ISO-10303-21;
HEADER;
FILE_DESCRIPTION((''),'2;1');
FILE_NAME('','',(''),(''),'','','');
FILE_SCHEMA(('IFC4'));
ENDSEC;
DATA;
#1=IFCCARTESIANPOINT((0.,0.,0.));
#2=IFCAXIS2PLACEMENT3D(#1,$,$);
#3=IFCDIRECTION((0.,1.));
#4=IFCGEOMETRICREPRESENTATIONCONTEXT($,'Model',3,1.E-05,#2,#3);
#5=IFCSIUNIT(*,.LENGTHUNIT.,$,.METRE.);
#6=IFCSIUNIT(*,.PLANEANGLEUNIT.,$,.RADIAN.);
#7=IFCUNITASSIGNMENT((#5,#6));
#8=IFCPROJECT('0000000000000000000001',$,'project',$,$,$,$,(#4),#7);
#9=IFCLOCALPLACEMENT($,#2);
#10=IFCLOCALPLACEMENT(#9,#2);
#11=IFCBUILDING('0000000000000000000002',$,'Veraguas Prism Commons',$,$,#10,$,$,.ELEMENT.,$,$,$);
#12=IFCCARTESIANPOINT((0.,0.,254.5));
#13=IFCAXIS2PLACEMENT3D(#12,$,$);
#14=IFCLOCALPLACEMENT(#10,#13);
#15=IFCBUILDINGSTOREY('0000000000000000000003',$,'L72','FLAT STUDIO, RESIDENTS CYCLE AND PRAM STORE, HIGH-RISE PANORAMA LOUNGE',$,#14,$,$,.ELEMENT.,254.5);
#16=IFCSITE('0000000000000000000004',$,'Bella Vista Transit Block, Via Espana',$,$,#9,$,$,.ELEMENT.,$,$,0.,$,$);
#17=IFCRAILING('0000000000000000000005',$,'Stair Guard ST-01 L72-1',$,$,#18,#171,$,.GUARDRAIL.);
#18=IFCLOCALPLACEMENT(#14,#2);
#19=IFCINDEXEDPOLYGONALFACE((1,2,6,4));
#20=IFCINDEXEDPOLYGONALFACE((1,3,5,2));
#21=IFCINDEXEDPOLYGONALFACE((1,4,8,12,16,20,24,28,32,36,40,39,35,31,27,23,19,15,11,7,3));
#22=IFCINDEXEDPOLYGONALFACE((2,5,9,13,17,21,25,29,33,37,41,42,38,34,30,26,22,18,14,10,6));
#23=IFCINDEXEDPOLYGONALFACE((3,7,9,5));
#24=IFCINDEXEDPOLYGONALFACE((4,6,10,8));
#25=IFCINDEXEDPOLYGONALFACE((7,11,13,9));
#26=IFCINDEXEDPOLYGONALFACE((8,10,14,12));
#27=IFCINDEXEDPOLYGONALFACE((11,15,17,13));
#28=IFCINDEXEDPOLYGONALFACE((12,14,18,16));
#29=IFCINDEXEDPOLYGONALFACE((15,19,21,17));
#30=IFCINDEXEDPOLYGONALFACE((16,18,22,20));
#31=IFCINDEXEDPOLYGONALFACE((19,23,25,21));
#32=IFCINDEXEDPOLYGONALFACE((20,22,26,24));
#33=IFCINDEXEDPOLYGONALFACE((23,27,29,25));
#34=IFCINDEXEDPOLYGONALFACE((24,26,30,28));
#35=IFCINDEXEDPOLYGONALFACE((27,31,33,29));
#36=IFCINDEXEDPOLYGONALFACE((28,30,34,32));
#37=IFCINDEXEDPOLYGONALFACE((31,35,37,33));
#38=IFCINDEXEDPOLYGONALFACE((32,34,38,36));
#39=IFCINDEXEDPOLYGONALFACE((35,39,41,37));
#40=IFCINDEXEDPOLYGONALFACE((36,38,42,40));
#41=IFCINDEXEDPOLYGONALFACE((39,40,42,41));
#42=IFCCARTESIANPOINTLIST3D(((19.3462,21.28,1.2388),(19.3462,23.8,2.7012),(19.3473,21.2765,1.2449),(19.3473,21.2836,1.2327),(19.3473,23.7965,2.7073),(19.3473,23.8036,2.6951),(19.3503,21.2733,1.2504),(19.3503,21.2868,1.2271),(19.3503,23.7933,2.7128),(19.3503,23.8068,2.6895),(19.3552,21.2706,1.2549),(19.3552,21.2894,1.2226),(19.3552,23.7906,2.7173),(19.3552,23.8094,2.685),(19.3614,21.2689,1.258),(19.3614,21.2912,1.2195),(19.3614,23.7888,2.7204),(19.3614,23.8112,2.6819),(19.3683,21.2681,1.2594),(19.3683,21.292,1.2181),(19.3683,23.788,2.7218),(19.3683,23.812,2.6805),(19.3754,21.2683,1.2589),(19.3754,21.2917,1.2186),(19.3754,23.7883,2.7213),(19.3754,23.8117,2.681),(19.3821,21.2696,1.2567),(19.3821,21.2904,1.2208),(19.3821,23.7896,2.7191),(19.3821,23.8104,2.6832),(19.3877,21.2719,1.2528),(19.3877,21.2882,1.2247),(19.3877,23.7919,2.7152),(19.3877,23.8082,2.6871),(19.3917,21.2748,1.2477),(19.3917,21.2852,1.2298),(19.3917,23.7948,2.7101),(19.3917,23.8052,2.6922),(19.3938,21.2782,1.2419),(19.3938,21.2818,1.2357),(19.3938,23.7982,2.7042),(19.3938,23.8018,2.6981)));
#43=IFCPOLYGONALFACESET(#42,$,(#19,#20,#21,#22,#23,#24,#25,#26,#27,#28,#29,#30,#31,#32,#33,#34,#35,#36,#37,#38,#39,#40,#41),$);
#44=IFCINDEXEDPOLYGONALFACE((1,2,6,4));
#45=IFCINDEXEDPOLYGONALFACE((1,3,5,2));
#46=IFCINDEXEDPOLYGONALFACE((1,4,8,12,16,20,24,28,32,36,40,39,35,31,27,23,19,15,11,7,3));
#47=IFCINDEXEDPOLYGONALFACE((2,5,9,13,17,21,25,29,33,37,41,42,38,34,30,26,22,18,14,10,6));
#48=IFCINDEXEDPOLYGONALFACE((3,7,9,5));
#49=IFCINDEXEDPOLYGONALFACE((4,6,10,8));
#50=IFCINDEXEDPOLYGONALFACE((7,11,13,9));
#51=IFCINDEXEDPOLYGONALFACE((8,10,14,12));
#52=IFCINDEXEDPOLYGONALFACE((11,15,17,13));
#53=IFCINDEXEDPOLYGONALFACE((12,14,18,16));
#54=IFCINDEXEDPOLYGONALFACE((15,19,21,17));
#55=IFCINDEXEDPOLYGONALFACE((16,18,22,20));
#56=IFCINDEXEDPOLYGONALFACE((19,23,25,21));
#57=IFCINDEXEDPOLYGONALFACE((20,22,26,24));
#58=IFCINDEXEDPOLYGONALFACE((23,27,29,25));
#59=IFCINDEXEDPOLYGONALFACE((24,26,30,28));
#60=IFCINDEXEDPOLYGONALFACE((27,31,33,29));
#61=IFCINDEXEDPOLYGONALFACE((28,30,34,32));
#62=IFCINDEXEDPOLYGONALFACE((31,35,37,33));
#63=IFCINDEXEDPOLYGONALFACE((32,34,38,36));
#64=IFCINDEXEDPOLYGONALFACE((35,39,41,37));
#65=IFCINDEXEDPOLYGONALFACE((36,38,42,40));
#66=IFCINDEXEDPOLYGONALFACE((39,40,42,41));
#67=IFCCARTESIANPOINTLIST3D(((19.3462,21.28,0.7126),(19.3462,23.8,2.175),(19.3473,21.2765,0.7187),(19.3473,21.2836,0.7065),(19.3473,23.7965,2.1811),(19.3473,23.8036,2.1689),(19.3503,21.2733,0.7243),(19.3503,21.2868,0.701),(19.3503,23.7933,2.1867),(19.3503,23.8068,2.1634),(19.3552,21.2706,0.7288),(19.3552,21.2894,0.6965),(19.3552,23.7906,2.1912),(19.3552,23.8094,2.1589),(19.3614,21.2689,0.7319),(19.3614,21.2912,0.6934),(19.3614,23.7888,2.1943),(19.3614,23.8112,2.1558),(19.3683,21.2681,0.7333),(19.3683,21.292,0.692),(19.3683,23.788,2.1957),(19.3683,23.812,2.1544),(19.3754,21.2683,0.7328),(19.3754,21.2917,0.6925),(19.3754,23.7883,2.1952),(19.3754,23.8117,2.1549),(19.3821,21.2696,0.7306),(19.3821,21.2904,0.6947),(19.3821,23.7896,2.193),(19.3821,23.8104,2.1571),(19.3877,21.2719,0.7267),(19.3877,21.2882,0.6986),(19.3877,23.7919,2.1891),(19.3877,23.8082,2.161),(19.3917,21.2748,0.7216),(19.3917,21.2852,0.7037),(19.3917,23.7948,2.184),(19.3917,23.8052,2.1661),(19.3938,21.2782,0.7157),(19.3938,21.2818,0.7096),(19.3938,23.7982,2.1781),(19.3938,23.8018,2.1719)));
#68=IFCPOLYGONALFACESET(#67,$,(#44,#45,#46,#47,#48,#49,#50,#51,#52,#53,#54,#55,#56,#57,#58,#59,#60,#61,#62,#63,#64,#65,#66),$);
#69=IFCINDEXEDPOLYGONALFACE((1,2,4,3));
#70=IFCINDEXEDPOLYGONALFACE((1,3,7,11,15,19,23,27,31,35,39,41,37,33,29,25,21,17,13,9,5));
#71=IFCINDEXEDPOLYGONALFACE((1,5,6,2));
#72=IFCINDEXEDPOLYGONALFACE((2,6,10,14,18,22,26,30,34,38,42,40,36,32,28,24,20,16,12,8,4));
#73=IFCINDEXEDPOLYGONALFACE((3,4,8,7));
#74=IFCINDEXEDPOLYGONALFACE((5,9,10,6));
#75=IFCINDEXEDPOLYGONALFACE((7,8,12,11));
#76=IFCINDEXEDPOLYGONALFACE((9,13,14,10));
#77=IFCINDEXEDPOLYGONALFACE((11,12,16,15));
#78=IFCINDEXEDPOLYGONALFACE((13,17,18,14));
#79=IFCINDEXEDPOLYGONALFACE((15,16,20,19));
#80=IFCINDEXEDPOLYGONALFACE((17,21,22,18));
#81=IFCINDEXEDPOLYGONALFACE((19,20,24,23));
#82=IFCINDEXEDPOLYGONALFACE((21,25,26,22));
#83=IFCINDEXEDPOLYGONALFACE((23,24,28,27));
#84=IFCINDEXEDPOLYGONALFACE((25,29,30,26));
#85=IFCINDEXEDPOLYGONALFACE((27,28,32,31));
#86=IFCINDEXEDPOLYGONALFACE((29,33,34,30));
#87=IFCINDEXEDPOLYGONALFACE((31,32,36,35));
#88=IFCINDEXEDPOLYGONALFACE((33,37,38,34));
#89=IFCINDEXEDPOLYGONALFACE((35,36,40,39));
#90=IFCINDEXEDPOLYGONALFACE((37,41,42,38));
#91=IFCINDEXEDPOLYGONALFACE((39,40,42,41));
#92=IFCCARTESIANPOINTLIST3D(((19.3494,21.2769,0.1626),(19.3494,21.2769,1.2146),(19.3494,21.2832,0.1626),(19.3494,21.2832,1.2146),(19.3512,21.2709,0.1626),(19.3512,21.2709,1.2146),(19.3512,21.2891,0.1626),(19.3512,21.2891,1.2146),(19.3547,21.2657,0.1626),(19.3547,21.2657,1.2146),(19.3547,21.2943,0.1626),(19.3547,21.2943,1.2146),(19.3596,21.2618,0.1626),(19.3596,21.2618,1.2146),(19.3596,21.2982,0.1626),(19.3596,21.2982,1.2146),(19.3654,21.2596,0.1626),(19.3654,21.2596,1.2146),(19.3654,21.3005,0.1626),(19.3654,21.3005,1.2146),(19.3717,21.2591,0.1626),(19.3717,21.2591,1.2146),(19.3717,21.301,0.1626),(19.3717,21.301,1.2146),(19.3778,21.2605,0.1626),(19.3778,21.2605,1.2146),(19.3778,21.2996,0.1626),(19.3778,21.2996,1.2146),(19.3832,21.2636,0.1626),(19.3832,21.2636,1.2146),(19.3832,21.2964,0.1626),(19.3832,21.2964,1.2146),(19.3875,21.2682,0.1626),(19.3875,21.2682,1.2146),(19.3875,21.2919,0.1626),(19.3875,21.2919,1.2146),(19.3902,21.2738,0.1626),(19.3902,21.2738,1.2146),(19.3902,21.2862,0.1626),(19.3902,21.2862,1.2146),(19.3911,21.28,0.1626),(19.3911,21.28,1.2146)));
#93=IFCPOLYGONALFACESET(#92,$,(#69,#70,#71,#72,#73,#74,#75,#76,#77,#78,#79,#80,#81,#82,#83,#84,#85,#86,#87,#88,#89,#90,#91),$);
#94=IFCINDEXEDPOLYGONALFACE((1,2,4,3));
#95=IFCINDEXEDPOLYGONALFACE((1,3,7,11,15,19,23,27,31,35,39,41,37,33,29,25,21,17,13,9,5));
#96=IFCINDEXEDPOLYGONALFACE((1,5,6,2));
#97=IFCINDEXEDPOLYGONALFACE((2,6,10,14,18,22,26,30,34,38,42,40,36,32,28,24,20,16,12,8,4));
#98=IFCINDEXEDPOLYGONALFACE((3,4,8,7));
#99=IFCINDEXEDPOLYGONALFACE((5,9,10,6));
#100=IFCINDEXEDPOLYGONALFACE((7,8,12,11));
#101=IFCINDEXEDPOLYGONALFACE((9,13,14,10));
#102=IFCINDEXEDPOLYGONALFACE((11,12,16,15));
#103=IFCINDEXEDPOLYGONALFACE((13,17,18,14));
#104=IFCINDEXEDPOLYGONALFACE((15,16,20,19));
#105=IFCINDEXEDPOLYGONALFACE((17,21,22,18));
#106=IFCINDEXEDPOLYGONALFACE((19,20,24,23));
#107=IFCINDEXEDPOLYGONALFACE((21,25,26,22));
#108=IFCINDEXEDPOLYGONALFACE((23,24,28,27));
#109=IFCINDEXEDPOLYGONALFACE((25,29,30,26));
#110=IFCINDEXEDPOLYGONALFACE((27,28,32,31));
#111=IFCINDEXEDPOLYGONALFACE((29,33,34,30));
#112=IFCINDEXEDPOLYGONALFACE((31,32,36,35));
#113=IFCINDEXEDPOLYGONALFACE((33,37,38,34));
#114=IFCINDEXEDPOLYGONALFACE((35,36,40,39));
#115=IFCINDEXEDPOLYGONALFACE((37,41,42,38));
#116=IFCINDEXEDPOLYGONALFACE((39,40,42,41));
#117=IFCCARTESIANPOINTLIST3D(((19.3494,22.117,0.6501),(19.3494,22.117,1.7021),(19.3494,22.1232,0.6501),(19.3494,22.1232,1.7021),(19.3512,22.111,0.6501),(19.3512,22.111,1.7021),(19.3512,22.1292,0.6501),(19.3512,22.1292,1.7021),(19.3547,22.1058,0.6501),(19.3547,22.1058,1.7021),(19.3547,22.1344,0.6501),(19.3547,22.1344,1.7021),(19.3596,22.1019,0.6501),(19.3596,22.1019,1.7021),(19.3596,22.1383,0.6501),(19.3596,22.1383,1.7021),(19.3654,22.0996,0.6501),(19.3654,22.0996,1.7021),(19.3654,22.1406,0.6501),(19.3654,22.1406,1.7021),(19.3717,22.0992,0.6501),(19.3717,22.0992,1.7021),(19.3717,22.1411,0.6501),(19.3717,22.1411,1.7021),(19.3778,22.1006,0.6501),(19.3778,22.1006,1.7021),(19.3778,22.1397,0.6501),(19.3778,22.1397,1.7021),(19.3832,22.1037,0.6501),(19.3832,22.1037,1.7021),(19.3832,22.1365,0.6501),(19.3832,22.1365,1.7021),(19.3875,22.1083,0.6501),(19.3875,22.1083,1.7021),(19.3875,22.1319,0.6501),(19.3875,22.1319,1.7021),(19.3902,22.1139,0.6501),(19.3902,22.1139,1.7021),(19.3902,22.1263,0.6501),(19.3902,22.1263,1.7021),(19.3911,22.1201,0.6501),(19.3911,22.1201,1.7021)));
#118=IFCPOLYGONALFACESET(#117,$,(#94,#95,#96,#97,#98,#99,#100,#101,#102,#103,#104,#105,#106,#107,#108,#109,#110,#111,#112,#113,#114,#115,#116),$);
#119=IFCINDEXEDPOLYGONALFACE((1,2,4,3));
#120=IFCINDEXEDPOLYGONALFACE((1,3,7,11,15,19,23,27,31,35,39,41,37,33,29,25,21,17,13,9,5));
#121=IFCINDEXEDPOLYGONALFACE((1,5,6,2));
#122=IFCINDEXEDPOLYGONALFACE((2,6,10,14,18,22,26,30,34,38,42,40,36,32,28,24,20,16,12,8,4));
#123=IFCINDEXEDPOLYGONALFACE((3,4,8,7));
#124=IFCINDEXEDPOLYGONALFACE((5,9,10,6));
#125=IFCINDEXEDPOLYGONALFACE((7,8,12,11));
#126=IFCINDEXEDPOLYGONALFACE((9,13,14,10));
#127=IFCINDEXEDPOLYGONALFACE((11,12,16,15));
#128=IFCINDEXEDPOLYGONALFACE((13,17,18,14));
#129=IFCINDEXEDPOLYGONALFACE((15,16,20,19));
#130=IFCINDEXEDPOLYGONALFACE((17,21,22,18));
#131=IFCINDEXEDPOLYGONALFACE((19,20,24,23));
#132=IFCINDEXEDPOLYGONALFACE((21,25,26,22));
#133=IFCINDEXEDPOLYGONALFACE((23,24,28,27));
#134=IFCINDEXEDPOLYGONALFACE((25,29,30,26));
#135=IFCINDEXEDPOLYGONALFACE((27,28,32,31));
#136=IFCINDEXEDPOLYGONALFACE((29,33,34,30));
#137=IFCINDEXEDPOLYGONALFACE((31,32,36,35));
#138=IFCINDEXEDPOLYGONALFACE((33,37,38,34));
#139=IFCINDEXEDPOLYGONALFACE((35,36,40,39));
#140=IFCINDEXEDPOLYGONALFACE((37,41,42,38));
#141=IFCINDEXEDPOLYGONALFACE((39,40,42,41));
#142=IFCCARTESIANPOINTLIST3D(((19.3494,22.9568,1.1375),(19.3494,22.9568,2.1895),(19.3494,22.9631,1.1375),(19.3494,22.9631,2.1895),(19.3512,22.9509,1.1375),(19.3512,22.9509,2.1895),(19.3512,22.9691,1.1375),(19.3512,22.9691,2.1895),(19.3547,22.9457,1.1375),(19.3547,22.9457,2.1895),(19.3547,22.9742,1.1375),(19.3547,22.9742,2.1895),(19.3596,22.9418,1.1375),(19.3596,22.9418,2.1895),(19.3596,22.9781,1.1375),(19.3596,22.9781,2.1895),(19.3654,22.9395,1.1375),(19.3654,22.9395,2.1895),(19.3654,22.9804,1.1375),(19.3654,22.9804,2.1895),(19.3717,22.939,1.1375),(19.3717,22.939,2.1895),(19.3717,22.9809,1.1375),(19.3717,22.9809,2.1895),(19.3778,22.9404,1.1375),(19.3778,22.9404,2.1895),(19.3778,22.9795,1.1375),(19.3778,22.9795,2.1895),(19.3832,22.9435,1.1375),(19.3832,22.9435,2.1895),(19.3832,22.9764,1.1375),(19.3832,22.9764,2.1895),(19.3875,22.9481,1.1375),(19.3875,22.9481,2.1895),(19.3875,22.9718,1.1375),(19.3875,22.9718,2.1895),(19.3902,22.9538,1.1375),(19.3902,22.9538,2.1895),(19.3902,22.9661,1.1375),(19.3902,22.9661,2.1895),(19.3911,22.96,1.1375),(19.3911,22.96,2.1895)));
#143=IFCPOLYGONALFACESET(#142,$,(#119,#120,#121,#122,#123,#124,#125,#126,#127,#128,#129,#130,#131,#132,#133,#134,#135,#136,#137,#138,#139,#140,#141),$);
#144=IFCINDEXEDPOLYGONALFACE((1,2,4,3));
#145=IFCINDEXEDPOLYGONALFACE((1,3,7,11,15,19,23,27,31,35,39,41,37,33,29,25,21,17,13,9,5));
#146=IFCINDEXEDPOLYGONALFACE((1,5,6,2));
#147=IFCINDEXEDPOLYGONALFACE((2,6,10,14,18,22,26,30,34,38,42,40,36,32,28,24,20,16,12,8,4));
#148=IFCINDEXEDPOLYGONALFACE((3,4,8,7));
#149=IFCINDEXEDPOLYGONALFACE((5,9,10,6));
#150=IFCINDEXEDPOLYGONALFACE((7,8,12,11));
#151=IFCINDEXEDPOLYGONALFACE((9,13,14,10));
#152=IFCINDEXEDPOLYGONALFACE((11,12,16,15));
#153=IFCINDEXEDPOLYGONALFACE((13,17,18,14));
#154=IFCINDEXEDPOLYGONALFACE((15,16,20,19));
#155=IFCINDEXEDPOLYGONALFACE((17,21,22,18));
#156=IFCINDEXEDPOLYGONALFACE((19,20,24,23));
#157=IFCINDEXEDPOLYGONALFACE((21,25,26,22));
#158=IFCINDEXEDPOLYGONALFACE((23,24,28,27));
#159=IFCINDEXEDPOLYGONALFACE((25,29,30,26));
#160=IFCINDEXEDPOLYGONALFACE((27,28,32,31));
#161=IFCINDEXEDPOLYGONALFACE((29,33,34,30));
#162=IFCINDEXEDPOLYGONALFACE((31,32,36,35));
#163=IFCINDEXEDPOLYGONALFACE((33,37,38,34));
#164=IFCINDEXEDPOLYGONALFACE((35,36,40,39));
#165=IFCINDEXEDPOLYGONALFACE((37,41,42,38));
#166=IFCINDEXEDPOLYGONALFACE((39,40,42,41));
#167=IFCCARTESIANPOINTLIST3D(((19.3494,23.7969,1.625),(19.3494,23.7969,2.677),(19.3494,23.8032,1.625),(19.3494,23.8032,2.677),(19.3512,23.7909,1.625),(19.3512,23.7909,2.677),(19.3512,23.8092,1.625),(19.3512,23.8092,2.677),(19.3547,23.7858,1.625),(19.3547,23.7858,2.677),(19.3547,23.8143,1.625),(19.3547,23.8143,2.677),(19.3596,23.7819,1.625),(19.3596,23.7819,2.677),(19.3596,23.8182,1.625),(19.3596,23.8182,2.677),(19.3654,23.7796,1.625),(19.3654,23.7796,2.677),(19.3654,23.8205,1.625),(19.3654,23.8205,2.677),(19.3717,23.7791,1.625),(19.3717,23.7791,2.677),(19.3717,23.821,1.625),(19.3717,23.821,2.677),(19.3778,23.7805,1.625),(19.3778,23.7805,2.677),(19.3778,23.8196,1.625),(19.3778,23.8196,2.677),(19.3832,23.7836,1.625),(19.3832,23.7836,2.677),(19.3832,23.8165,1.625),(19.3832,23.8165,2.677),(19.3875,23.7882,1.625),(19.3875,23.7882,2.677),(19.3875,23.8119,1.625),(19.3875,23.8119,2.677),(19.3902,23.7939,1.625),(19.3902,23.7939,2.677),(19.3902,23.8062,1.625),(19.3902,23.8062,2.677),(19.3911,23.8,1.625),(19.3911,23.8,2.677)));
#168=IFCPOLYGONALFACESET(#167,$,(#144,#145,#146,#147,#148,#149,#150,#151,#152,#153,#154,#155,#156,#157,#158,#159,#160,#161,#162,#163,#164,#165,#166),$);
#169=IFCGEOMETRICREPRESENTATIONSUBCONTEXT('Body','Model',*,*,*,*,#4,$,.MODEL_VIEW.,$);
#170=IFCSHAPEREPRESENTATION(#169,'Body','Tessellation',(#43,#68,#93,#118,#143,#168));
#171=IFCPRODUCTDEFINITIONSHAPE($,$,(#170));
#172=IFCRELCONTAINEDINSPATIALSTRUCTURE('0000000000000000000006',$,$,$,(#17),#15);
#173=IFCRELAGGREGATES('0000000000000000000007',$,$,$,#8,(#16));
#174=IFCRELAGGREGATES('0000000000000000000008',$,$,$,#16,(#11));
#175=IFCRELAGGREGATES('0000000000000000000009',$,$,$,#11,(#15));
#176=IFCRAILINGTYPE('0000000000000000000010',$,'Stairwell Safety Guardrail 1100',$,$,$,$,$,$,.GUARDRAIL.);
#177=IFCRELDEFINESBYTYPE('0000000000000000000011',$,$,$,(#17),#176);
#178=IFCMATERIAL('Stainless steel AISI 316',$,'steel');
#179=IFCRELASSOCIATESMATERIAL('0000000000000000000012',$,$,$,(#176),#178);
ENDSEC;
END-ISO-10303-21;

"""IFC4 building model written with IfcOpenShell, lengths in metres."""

from ifc_helpers import new_model, si_unit, direction, frame, origin, origin_2d, place, context, subcontext, project, spatial, circle, extrude, material, type_object, element, save


model = new_model("IFC4")

# Units and contexts
model_context = context("Model", 3, precision=1e-05, world=origin(), true_north=direction((0.0, 1.0)))
body_context = subcontext(model_context, "Body", "Model", "MODEL_VIEW")
ifc_project = project(units=[si_unit("LENGTHUNIT", "METRE"), si_unit("PLANEANGLEUNIT", "RADIAN")], contexts=[model_context])

# Site, building, storey
site_placement = place(None, origin())
site = spatial("IfcSite", under=ifc_project, at=site_placement, Name="Bella Vista Transit Block, Via Espana", CompositionType="ELEMENT", RefElevation=0.0)
building_placement = place(site_placement, origin())
building = spatial("IfcBuilding", under=site, at=building_placement, Name="Veraguas Prism Commons", CompositionType="ELEMENT")
storey_placement = place(building_placement, frame((0.0, 0.0, 254.5)))
storey = spatial("IfcBuildingStorey", under=building, at=storey_placement, Name="L72", Description="FLAT STUDIO, RESIDENTS CYCLE AND PRAM STORE, HIGH-RISE PANORAMA LOUNGE", CompositionType="ELEMENT", Elevation=254.5)

# Railing
ifc_material_1 = material(Name="Stainless steel AISI 316", Category="steel")
railing_type_1 = type_object("IfcRailingType", Name="Stairwell Safety Guardrail 1100", PredefinedType="GUARDRAIL", material=ifc_material_1)
railing_1_placement = place(storey_placement, frame((19.3701, 21.28, 0.1626)))
element("IfcRailing", 1, at=railing_1_placement, inside=storey, type_object=railing_type_1, Name="Stair Guard ST-01 L72-1", PredefinedType="GUARDRAIL", context=body_context, shape_type="SweptSolid", body=[
    extrude(circle(Radius=0.0239, at=origin_2d()), frame((0.0, 0.0, 1.0762), z_axis=(0.0, 0.864913, 0.501921), x_axis=(-1.0, 0.0, 0.0)), (0.0, 0.0, 1.0), 2.9136),
    extrude(circle(Radius=0.0239, at=origin_2d()), frame((0.0, 0.0, 0.55), z_axis=(0.0, 0.864913, 0.501921), x_axis=(-1.0, 0.0, 0.0)), (0.0, 0.0, 1.0), 2.9136),
    extrude(circle(Radius=0.021, at=origin_2d()), origin(), (0.0, 0.0, 1.0), 1.052),
    extrude(circle(Radius=0.021, at=origin_2d()), frame((0.0, 0.8401, 0.4875)), (0.0, 0.0, 1.0), 1.052),
    extrude(circle(Radius=0.021, at=origin_2d()), frame((0.0, 1.6799, 0.9749)), (0.0, 0.0, 1.0), 1.052),
    extrude(circle(Radius=0.021, at=origin_2d()), frame((0.0, 2.52, 1.4624)), (0.0, 0.0, 1.0), 1.052),
])

save(model, "model.ifc")
